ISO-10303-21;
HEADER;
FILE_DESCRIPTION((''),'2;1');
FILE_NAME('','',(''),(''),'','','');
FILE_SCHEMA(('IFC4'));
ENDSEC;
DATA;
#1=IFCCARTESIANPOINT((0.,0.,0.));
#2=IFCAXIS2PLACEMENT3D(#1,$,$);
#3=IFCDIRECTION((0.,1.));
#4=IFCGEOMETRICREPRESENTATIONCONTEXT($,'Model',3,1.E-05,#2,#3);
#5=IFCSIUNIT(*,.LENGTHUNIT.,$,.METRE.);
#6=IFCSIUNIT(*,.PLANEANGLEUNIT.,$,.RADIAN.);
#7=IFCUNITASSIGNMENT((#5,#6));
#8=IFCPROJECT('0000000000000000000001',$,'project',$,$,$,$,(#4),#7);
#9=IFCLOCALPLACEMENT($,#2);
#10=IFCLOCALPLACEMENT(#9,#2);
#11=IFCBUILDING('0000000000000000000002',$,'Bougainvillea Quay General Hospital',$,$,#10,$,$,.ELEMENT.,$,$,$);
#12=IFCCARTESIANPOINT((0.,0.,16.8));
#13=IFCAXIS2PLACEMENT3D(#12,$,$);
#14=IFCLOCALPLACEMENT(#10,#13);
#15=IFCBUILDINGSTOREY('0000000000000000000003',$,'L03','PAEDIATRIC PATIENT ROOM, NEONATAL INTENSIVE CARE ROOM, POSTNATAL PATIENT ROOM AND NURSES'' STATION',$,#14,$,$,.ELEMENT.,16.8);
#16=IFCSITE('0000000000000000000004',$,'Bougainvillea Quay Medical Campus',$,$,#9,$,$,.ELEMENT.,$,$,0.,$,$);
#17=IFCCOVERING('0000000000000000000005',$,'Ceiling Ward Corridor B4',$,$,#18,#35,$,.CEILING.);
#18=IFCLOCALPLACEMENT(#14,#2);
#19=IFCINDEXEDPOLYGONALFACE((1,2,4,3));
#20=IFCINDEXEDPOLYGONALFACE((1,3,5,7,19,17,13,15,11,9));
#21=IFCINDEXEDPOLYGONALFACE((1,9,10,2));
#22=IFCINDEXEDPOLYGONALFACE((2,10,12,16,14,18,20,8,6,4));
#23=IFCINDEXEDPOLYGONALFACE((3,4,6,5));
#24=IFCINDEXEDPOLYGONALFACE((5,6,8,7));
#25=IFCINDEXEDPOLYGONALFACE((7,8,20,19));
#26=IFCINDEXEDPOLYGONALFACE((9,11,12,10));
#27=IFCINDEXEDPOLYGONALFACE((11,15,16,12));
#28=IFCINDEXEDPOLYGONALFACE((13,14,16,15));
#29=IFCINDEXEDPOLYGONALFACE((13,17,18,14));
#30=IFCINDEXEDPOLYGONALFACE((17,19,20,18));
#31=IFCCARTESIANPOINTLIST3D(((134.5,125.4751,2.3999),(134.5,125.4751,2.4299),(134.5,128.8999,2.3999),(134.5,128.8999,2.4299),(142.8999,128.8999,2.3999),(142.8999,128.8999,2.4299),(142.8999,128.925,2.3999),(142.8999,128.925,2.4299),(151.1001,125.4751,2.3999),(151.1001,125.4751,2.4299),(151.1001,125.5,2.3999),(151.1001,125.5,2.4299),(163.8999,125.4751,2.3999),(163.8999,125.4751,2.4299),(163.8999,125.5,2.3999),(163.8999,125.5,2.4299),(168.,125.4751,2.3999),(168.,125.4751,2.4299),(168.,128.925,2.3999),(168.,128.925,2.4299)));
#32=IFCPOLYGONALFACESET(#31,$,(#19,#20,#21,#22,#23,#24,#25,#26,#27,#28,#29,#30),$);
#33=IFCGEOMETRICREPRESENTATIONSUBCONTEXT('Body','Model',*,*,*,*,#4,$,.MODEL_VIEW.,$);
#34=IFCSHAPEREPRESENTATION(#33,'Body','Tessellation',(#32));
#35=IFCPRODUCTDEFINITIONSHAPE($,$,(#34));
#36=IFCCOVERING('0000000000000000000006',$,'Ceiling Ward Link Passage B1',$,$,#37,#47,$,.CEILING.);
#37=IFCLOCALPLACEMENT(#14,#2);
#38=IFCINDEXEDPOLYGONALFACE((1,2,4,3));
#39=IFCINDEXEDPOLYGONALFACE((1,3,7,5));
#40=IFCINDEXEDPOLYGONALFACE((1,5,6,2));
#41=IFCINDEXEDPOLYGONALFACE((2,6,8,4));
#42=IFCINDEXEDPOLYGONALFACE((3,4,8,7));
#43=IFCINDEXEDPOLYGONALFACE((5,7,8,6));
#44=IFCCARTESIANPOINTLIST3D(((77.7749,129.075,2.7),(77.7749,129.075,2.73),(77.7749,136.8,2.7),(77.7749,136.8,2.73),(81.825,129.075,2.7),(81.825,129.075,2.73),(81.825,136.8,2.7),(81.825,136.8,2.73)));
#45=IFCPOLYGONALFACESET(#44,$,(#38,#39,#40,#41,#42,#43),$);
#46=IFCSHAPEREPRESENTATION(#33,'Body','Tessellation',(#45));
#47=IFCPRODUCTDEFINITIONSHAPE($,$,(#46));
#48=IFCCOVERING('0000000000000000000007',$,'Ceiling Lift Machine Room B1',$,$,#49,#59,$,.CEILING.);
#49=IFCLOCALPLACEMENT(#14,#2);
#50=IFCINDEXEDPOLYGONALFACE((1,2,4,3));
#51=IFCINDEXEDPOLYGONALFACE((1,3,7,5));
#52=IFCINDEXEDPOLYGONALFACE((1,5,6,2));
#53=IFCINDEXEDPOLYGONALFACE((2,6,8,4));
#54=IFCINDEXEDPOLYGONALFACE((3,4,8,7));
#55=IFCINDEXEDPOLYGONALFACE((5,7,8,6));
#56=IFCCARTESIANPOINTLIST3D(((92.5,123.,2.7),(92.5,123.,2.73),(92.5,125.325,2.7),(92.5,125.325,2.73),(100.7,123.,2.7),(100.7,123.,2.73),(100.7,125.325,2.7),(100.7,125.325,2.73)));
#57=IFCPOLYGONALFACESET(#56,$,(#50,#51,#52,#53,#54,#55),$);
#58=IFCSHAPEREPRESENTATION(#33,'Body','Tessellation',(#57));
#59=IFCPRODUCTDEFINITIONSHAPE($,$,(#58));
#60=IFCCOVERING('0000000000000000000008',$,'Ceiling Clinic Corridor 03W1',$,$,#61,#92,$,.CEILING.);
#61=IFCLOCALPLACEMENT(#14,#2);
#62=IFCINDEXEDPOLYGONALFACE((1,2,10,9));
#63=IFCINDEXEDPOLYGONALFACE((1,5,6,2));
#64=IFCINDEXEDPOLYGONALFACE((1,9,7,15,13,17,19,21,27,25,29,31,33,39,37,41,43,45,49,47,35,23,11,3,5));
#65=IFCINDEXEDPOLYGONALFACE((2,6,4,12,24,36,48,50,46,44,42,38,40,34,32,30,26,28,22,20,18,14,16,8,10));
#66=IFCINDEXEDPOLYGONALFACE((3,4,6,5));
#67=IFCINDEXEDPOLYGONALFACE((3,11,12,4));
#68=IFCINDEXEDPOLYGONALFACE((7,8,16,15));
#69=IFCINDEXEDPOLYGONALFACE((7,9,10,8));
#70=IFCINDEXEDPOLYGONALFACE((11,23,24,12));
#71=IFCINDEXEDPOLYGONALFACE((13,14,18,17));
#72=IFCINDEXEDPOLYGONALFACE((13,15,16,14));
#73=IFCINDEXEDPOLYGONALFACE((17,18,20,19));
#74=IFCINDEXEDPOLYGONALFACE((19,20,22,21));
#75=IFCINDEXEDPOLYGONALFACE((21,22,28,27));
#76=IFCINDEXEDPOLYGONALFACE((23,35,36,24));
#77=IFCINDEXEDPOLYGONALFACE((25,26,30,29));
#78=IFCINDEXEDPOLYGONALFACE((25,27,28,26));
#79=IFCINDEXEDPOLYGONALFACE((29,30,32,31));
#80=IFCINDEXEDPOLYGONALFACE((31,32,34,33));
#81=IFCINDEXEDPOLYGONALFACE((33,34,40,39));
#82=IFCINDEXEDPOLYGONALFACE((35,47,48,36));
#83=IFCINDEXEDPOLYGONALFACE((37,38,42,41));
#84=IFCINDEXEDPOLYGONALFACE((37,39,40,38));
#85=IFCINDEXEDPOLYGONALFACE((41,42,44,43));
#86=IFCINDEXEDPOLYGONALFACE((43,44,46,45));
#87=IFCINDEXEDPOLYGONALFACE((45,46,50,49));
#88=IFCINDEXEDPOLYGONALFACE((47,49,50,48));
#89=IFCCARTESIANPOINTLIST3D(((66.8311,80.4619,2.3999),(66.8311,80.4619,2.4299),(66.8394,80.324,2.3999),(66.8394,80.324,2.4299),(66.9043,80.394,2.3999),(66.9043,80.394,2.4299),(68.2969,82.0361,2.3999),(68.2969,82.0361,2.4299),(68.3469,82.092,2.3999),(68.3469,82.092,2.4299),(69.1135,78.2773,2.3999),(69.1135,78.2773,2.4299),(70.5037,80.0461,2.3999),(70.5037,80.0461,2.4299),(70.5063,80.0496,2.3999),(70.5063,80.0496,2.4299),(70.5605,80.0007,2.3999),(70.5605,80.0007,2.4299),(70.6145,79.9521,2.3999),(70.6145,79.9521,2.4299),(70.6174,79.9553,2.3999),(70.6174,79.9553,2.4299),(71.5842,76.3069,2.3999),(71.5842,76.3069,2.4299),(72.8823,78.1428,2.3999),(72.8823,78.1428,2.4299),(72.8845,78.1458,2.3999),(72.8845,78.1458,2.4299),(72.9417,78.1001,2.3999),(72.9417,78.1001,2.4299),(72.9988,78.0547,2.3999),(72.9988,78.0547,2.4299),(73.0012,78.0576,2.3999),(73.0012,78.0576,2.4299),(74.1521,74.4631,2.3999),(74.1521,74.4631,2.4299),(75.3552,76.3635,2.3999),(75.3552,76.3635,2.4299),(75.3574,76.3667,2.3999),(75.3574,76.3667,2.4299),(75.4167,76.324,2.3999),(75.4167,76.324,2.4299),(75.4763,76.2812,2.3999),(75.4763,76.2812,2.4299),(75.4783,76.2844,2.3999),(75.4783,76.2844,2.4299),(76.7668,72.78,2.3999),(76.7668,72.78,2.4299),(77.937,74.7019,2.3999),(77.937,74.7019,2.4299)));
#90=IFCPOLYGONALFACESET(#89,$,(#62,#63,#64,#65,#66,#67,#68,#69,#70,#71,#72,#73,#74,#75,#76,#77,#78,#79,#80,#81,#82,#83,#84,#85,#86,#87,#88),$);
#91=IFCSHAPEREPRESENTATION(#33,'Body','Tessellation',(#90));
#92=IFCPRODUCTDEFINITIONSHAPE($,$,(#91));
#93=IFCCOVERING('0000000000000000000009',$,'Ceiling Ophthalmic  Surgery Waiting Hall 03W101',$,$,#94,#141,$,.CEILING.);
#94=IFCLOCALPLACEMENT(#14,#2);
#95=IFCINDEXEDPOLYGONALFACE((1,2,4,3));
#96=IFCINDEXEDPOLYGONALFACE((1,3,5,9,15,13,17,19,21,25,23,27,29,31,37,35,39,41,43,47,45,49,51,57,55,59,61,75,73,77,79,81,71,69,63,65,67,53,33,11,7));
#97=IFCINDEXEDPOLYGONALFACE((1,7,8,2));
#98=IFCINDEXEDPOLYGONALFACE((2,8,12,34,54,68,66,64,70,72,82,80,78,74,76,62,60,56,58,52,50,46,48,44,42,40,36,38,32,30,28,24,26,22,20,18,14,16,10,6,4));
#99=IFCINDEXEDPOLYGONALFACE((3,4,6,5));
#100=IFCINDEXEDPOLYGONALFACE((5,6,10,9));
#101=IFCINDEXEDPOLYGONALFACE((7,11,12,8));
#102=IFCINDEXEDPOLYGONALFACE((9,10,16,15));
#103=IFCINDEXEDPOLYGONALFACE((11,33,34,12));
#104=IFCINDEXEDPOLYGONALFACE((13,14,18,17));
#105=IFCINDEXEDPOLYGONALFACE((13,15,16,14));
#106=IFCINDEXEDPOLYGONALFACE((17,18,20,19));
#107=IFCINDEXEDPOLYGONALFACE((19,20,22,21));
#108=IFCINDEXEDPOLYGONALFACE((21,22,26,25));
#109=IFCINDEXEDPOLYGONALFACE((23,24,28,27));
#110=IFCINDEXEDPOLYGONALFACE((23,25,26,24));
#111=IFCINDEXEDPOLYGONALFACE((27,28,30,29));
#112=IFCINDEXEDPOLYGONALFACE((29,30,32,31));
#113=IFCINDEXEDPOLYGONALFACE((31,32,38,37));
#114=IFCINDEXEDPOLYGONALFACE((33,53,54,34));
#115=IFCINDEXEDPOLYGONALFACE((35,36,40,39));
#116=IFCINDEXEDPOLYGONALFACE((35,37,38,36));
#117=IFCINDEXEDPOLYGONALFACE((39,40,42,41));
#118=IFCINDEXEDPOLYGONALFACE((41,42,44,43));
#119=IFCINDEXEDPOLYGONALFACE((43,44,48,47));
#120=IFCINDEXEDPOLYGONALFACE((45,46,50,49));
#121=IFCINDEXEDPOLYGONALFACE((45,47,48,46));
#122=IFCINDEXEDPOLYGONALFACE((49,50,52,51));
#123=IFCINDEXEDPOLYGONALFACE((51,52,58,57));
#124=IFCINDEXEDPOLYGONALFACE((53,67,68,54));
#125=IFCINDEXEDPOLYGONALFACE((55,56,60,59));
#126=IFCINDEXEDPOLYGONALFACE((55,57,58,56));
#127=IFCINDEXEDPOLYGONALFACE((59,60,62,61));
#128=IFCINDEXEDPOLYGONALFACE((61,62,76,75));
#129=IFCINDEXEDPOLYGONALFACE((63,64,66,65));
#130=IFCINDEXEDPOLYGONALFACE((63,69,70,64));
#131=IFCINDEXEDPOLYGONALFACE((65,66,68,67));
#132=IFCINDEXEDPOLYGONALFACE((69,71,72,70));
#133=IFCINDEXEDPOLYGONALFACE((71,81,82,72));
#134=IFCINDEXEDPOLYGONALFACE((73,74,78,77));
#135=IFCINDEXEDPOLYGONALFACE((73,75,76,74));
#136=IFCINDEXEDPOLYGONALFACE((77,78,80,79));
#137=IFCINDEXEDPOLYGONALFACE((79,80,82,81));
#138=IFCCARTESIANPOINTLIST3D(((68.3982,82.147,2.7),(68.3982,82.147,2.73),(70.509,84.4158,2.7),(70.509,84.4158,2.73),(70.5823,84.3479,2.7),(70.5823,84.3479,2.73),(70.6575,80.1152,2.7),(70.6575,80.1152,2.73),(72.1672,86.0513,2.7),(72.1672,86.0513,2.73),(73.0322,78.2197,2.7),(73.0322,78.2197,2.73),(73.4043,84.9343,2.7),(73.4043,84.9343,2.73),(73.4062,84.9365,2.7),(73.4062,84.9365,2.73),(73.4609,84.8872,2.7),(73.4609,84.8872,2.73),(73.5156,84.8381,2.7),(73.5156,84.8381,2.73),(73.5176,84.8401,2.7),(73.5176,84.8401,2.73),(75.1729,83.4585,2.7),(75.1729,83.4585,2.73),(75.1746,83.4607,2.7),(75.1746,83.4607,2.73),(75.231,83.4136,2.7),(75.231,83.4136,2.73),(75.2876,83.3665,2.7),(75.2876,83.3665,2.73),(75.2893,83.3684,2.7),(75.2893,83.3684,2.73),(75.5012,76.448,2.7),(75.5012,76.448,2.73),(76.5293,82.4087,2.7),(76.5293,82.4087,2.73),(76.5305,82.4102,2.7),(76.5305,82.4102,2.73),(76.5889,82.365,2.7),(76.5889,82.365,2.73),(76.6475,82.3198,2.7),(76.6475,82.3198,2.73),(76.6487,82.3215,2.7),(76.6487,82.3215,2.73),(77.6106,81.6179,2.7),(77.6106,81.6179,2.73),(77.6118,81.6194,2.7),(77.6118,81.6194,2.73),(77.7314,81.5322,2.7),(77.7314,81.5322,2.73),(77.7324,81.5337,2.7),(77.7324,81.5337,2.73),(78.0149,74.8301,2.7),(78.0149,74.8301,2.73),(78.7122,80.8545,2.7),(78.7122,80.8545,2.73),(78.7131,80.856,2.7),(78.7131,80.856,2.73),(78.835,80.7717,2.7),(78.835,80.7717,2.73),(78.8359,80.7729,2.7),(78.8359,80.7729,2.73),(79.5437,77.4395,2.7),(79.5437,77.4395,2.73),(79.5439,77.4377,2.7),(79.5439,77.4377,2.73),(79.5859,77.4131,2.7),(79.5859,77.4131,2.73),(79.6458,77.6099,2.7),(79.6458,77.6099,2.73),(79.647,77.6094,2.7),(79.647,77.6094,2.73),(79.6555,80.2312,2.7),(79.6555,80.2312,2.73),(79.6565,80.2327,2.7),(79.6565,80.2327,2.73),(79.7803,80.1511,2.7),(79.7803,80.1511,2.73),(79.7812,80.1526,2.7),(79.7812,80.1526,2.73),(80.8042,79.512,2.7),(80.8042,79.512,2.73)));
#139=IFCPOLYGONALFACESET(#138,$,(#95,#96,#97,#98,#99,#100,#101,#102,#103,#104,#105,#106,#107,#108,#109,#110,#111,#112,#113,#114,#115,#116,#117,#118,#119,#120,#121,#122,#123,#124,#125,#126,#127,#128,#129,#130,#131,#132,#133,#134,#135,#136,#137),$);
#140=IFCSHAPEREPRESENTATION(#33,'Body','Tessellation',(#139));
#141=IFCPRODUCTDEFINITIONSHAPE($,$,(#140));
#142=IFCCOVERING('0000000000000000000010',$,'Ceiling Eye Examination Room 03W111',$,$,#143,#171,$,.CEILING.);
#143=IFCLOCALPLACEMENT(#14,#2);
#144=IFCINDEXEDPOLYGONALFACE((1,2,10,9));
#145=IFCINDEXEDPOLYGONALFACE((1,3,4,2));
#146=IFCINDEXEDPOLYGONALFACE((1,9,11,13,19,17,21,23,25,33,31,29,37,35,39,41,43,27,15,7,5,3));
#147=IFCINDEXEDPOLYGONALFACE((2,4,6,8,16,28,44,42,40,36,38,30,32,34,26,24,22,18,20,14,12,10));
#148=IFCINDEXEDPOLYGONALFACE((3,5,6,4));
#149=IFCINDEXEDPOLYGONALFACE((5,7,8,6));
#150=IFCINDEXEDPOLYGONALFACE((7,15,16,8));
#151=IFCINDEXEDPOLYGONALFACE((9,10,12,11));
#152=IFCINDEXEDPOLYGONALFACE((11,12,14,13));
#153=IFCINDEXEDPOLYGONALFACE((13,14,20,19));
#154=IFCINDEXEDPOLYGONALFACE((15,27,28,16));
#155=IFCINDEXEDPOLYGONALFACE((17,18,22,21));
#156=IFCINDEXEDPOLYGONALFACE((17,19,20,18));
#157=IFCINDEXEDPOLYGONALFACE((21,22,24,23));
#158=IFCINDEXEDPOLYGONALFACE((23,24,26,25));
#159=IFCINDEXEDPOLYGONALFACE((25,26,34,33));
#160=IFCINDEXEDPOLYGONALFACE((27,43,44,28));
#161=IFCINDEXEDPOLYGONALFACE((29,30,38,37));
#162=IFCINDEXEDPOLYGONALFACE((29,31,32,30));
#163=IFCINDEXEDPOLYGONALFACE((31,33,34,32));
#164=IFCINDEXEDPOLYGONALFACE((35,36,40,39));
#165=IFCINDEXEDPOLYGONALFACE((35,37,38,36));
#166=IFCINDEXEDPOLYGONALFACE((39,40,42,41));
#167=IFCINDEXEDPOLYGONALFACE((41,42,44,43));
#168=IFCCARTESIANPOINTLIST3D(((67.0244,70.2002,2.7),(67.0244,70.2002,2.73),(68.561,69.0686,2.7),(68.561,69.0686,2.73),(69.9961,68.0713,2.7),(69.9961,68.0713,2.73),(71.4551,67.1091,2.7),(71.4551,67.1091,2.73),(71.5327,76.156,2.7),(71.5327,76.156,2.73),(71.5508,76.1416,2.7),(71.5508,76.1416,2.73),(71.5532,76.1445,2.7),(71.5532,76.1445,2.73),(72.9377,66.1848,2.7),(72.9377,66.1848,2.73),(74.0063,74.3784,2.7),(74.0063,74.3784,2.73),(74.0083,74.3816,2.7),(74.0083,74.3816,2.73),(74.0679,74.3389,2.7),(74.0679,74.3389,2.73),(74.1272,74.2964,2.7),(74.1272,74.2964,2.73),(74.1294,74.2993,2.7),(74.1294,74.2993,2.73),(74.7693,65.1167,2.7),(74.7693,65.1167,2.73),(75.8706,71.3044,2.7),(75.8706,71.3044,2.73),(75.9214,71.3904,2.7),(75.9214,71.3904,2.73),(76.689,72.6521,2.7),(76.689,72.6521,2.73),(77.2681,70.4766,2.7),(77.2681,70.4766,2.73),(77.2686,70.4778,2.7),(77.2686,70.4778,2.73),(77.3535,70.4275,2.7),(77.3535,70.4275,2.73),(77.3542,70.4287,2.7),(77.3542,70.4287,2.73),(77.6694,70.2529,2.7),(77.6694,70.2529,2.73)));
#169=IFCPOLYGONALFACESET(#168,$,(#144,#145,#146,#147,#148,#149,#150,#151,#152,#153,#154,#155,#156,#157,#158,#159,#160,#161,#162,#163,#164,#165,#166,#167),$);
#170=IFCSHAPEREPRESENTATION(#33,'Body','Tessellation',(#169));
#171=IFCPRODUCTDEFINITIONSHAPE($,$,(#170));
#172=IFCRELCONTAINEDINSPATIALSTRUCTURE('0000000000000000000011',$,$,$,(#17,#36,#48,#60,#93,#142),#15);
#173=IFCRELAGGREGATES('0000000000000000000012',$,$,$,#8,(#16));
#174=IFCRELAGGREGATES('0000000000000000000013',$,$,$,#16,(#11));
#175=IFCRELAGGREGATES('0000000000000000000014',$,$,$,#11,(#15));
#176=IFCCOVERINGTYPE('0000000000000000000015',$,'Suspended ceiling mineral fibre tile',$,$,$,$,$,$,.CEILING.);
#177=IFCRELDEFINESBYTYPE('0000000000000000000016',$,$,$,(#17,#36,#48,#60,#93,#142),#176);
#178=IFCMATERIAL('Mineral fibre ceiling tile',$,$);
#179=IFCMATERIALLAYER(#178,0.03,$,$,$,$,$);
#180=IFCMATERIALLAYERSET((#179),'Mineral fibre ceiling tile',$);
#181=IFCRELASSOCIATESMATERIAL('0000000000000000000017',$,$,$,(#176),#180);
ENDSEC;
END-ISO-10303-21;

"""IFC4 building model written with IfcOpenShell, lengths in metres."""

from ifc_helpers import new_model, si_unit, direction, frame, origin, place, context, subcontext, project, spatial, polyline, outline, extrude, material, layer, layer_set, type_object, element, save


model = new_model("IFC4")

# Units and contexts
model_context = context("Model", 3, precision=1e-05, world=origin(), true_north=direction((0.0, 1.0)))
body_context = subcontext(model_context, "Body", "Model", "MODEL_VIEW")
ifc_project = project(units=[si_unit("LENGTHUNIT", "METRE"), si_unit("PLANEANGLEUNIT", "RADIAN")], contexts=[model_context])

# Site, building, storey
site_placement = place(None, origin())
site = spatial("IfcSite", under=ifc_project, at=site_placement, Name="Bougainvillea Quay Medical Campus", CompositionType="ELEMENT", RefElevation=0.0)
building_placement = place(site_placement, origin())
building = spatial("IfcBuilding", under=site, at=building_placement, Name="Bougainvillea Quay General Hospital", CompositionType="ELEMENT")
storey_placement = place(building_placement, frame((0.0, 0.0, 16.8)))
storey = spatial("IfcBuildingStorey", under=building, at=storey_placement, Name="L03", Description="PAEDIATRIC PATIENT ROOM, NEONATAL INTENSIVE CARE ROOM, POSTNATAL PATIENT ROOM AND NURSES' STATION", CompositionType="ELEMENT", Elevation=16.8)

# Coverings
ifc_material = material(Name="Mineral fibre ceiling tile")
ifc_layer = layer(ifc_material, 0.03)
ifc_layer_set = layer_set([ifc_layer], Name="Mineral fibre ceiling tile")
covering_type = type_object("IfcCoveringType", Name="Suspended ceiling mineral fibre tile", PredefinedType="CEILING", material=ifc_layer_set)
covering_1_placement = place(storey_placement, frame((0.0, 0.0, 2.3999)))
element("IfcCovering", 1, at=covering_1_placement, inside=storey, type_object=covering_type, Name="Ceiling Ward Corridor B4", PredefinedType="CEILING", context=body_context, shape_type="SweptSolid", body=[
    extrude(outline(polyline([(168.0, 128.925), (142.8999, 128.925), (142.8999, 128.8999), (134.5, 128.8999), (134.5, 125.4751), (151.1001, 125.4751), (151.1001, 125.5), (163.8999, 125.5), (163.8999, 125.4751), (168.0, 125.4751), (168.0, 128.925)])), origin(), (0.0, 0.0, 1.0), 0.03),
])
covering_2_placement = place(storey_placement, frame((0.0, 0.0, 2.7)))
element("IfcCovering", 2, at=covering_2_placement, inside=storey, type_object=covering_type, Name="Ceiling Ward Link Passage B1", PredefinedType="CEILING", context=body_context, shape_type="SweptSolid", body=[
    extrude(outline(polyline([(77.7749, 136.8), (77.7749, 129.075), (81.825, 129.075), (81.825, 136.8), (77.7749, 136.8)])), origin(), (0.0, 0.0, 1.0), 0.03),
])
covering_3_placement = place(storey_placement, frame((0.0, 0.0, 2.7)))
element("IfcCovering", 3, at=covering_3_placement, inside=storey, type_object=covering_type, Name="Ceiling Lift Machine Room B1", PredefinedType="CEILING", context=body_context, shape_type="SweptSolid", body=[
    extrude(outline(polyline([(100.7, 123.0), (100.7, 125.325), (92.5, 125.325), (92.5, 123.0), (100.7, 123.0)])), origin(), (0.0, 0.0, 1.0), 0.03),
])
covering_4_placement = place(storey_placement, frame((0.0, 0.0, 2.3999)))
element("IfcCovering", 4, at=covering_4_placement, inside=storey, type_object=covering_type, Name="Ceiling Clinic Corridor 03W1", PredefinedType="CEILING", context=body_context, shape_type="SweptSolid", body=[
    extrude(outline(polyline([(66.8311, 80.4619), (66.9043, 80.394), (66.8394, 80.324), (69.1135, 78.2773), (71.5842, 76.3069), (74.1521, 74.4631), (76.7668, 72.78), (77.937, 74.7019), (75.4783, 76.2844), (75.4763, 76.2812), (75.4167, 76.324), (75.3552, 76.3635), (75.3574, 76.3667), (73.0012, 78.0576), (72.9988, 78.0547), (72.9417, 78.1001), (72.8823, 78.1428), (72.8845, 78.1458), (70.6174, 79.9553), (70.6145, 79.9521), (70.5605, 80.0007), (70.5037, 80.0461), (70.5063, 80.0496), (68.2969, 82.0361), (68.3469, 82.092), (66.8311, 80.4619)])), origin(), (0.0, 0.0, 1.0), 0.03),
])
covering_5_placement = place(storey_placement, frame((0.0, 0.0, 2.7)))
element("IfcCovering", 5, at=covering_5_placement, inside=storey, type_object=covering_type, Name="Ceiling Ophthalmic  Surgery Waiting Hall 03W101", PredefinedType="CEILING", context=body_context, shape_type="SweptSolid", body=[
    extrude(outline(polyline([(68.3982, 82.147), (70.6575, 80.1152), (73.0322, 78.2197), (75.5012, 76.448), (78.0149, 74.8301), (79.5859, 77.4131), (79.5439, 77.4377), (79.5437, 77.4395), (79.6458, 77.6099), (79.647, 77.6094), (80.8042, 79.512), (79.7812, 80.1526), (79.7803, 80.1511), (79.6555, 80.2312), (79.6565, 80.2327), (78.8359, 80.7729), (78.835, 80.7717), (78.7122, 80.8545), (78.7131, 80.856), (77.7324, 81.5337), (77.7314, 81.5322), (77.6106, 81.6179), (77.6118, 81.6194), (76.6487, 82.3215), (76.6475, 82.3198), (76.5889, 82.365), (76.5293, 82.4087), (76.5305, 82.4102), (75.2893, 83.3684), (75.2876, 83.3665), (75.231, 83.4136), (75.1729, 83.4585), (75.1746, 83.4607), (73.5176, 84.8401), (73.5156, 84.8381), (73.4609, 84.8872), (73.4043, 84.9343), (73.4062, 84.9365), (72.1672, 86.0513), (70.5823, 84.3479), (70.509, 84.4158), (68.3982, 82.147)])), origin(), (0.0, 0.0, 1.0), 0.03),
])
covering_6_placement = place(storey_placement, frame((0.0, 0.0, 2.7)))
element("IfcCovering", 6, at=covering_6_placement, inside=storey, type_object=covering_type, Name="Ceiling Eye Examination Room 03W111", PredefinedType="CEILING", context=body_context, shape_type="SweptSolid", body=[
    extrude(outline(polyline([(67.0244, 70.2002), (68.561, 69.0686), (69.9961, 68.0713), (71.4551, 67.1091), (72.9377, 66.1848), (74.7693, 65.1167), (77.6694, 70.2529), (77.3542, 70.4287), (77.3535, 70.4275), (77.2681, 70.4766), (77.2686, 70.4778), (75.8706, 71.3044), (75.9214, 71.3904), (76.689, 72.6521), (74.1294, 74.2993), (74.1272, 74.2964), (74.0679, 74.3389), (74.0063, 74.3784), (74.0083, 74.3816), (71.5532, 76.1445), (71.5508, 76.1416), (71.5327, 76.156), (67.0244, 70.2002)])), origin(), (0.0, 0.0, 1.0), 0.03),
])

save(model, "model.ifc")
